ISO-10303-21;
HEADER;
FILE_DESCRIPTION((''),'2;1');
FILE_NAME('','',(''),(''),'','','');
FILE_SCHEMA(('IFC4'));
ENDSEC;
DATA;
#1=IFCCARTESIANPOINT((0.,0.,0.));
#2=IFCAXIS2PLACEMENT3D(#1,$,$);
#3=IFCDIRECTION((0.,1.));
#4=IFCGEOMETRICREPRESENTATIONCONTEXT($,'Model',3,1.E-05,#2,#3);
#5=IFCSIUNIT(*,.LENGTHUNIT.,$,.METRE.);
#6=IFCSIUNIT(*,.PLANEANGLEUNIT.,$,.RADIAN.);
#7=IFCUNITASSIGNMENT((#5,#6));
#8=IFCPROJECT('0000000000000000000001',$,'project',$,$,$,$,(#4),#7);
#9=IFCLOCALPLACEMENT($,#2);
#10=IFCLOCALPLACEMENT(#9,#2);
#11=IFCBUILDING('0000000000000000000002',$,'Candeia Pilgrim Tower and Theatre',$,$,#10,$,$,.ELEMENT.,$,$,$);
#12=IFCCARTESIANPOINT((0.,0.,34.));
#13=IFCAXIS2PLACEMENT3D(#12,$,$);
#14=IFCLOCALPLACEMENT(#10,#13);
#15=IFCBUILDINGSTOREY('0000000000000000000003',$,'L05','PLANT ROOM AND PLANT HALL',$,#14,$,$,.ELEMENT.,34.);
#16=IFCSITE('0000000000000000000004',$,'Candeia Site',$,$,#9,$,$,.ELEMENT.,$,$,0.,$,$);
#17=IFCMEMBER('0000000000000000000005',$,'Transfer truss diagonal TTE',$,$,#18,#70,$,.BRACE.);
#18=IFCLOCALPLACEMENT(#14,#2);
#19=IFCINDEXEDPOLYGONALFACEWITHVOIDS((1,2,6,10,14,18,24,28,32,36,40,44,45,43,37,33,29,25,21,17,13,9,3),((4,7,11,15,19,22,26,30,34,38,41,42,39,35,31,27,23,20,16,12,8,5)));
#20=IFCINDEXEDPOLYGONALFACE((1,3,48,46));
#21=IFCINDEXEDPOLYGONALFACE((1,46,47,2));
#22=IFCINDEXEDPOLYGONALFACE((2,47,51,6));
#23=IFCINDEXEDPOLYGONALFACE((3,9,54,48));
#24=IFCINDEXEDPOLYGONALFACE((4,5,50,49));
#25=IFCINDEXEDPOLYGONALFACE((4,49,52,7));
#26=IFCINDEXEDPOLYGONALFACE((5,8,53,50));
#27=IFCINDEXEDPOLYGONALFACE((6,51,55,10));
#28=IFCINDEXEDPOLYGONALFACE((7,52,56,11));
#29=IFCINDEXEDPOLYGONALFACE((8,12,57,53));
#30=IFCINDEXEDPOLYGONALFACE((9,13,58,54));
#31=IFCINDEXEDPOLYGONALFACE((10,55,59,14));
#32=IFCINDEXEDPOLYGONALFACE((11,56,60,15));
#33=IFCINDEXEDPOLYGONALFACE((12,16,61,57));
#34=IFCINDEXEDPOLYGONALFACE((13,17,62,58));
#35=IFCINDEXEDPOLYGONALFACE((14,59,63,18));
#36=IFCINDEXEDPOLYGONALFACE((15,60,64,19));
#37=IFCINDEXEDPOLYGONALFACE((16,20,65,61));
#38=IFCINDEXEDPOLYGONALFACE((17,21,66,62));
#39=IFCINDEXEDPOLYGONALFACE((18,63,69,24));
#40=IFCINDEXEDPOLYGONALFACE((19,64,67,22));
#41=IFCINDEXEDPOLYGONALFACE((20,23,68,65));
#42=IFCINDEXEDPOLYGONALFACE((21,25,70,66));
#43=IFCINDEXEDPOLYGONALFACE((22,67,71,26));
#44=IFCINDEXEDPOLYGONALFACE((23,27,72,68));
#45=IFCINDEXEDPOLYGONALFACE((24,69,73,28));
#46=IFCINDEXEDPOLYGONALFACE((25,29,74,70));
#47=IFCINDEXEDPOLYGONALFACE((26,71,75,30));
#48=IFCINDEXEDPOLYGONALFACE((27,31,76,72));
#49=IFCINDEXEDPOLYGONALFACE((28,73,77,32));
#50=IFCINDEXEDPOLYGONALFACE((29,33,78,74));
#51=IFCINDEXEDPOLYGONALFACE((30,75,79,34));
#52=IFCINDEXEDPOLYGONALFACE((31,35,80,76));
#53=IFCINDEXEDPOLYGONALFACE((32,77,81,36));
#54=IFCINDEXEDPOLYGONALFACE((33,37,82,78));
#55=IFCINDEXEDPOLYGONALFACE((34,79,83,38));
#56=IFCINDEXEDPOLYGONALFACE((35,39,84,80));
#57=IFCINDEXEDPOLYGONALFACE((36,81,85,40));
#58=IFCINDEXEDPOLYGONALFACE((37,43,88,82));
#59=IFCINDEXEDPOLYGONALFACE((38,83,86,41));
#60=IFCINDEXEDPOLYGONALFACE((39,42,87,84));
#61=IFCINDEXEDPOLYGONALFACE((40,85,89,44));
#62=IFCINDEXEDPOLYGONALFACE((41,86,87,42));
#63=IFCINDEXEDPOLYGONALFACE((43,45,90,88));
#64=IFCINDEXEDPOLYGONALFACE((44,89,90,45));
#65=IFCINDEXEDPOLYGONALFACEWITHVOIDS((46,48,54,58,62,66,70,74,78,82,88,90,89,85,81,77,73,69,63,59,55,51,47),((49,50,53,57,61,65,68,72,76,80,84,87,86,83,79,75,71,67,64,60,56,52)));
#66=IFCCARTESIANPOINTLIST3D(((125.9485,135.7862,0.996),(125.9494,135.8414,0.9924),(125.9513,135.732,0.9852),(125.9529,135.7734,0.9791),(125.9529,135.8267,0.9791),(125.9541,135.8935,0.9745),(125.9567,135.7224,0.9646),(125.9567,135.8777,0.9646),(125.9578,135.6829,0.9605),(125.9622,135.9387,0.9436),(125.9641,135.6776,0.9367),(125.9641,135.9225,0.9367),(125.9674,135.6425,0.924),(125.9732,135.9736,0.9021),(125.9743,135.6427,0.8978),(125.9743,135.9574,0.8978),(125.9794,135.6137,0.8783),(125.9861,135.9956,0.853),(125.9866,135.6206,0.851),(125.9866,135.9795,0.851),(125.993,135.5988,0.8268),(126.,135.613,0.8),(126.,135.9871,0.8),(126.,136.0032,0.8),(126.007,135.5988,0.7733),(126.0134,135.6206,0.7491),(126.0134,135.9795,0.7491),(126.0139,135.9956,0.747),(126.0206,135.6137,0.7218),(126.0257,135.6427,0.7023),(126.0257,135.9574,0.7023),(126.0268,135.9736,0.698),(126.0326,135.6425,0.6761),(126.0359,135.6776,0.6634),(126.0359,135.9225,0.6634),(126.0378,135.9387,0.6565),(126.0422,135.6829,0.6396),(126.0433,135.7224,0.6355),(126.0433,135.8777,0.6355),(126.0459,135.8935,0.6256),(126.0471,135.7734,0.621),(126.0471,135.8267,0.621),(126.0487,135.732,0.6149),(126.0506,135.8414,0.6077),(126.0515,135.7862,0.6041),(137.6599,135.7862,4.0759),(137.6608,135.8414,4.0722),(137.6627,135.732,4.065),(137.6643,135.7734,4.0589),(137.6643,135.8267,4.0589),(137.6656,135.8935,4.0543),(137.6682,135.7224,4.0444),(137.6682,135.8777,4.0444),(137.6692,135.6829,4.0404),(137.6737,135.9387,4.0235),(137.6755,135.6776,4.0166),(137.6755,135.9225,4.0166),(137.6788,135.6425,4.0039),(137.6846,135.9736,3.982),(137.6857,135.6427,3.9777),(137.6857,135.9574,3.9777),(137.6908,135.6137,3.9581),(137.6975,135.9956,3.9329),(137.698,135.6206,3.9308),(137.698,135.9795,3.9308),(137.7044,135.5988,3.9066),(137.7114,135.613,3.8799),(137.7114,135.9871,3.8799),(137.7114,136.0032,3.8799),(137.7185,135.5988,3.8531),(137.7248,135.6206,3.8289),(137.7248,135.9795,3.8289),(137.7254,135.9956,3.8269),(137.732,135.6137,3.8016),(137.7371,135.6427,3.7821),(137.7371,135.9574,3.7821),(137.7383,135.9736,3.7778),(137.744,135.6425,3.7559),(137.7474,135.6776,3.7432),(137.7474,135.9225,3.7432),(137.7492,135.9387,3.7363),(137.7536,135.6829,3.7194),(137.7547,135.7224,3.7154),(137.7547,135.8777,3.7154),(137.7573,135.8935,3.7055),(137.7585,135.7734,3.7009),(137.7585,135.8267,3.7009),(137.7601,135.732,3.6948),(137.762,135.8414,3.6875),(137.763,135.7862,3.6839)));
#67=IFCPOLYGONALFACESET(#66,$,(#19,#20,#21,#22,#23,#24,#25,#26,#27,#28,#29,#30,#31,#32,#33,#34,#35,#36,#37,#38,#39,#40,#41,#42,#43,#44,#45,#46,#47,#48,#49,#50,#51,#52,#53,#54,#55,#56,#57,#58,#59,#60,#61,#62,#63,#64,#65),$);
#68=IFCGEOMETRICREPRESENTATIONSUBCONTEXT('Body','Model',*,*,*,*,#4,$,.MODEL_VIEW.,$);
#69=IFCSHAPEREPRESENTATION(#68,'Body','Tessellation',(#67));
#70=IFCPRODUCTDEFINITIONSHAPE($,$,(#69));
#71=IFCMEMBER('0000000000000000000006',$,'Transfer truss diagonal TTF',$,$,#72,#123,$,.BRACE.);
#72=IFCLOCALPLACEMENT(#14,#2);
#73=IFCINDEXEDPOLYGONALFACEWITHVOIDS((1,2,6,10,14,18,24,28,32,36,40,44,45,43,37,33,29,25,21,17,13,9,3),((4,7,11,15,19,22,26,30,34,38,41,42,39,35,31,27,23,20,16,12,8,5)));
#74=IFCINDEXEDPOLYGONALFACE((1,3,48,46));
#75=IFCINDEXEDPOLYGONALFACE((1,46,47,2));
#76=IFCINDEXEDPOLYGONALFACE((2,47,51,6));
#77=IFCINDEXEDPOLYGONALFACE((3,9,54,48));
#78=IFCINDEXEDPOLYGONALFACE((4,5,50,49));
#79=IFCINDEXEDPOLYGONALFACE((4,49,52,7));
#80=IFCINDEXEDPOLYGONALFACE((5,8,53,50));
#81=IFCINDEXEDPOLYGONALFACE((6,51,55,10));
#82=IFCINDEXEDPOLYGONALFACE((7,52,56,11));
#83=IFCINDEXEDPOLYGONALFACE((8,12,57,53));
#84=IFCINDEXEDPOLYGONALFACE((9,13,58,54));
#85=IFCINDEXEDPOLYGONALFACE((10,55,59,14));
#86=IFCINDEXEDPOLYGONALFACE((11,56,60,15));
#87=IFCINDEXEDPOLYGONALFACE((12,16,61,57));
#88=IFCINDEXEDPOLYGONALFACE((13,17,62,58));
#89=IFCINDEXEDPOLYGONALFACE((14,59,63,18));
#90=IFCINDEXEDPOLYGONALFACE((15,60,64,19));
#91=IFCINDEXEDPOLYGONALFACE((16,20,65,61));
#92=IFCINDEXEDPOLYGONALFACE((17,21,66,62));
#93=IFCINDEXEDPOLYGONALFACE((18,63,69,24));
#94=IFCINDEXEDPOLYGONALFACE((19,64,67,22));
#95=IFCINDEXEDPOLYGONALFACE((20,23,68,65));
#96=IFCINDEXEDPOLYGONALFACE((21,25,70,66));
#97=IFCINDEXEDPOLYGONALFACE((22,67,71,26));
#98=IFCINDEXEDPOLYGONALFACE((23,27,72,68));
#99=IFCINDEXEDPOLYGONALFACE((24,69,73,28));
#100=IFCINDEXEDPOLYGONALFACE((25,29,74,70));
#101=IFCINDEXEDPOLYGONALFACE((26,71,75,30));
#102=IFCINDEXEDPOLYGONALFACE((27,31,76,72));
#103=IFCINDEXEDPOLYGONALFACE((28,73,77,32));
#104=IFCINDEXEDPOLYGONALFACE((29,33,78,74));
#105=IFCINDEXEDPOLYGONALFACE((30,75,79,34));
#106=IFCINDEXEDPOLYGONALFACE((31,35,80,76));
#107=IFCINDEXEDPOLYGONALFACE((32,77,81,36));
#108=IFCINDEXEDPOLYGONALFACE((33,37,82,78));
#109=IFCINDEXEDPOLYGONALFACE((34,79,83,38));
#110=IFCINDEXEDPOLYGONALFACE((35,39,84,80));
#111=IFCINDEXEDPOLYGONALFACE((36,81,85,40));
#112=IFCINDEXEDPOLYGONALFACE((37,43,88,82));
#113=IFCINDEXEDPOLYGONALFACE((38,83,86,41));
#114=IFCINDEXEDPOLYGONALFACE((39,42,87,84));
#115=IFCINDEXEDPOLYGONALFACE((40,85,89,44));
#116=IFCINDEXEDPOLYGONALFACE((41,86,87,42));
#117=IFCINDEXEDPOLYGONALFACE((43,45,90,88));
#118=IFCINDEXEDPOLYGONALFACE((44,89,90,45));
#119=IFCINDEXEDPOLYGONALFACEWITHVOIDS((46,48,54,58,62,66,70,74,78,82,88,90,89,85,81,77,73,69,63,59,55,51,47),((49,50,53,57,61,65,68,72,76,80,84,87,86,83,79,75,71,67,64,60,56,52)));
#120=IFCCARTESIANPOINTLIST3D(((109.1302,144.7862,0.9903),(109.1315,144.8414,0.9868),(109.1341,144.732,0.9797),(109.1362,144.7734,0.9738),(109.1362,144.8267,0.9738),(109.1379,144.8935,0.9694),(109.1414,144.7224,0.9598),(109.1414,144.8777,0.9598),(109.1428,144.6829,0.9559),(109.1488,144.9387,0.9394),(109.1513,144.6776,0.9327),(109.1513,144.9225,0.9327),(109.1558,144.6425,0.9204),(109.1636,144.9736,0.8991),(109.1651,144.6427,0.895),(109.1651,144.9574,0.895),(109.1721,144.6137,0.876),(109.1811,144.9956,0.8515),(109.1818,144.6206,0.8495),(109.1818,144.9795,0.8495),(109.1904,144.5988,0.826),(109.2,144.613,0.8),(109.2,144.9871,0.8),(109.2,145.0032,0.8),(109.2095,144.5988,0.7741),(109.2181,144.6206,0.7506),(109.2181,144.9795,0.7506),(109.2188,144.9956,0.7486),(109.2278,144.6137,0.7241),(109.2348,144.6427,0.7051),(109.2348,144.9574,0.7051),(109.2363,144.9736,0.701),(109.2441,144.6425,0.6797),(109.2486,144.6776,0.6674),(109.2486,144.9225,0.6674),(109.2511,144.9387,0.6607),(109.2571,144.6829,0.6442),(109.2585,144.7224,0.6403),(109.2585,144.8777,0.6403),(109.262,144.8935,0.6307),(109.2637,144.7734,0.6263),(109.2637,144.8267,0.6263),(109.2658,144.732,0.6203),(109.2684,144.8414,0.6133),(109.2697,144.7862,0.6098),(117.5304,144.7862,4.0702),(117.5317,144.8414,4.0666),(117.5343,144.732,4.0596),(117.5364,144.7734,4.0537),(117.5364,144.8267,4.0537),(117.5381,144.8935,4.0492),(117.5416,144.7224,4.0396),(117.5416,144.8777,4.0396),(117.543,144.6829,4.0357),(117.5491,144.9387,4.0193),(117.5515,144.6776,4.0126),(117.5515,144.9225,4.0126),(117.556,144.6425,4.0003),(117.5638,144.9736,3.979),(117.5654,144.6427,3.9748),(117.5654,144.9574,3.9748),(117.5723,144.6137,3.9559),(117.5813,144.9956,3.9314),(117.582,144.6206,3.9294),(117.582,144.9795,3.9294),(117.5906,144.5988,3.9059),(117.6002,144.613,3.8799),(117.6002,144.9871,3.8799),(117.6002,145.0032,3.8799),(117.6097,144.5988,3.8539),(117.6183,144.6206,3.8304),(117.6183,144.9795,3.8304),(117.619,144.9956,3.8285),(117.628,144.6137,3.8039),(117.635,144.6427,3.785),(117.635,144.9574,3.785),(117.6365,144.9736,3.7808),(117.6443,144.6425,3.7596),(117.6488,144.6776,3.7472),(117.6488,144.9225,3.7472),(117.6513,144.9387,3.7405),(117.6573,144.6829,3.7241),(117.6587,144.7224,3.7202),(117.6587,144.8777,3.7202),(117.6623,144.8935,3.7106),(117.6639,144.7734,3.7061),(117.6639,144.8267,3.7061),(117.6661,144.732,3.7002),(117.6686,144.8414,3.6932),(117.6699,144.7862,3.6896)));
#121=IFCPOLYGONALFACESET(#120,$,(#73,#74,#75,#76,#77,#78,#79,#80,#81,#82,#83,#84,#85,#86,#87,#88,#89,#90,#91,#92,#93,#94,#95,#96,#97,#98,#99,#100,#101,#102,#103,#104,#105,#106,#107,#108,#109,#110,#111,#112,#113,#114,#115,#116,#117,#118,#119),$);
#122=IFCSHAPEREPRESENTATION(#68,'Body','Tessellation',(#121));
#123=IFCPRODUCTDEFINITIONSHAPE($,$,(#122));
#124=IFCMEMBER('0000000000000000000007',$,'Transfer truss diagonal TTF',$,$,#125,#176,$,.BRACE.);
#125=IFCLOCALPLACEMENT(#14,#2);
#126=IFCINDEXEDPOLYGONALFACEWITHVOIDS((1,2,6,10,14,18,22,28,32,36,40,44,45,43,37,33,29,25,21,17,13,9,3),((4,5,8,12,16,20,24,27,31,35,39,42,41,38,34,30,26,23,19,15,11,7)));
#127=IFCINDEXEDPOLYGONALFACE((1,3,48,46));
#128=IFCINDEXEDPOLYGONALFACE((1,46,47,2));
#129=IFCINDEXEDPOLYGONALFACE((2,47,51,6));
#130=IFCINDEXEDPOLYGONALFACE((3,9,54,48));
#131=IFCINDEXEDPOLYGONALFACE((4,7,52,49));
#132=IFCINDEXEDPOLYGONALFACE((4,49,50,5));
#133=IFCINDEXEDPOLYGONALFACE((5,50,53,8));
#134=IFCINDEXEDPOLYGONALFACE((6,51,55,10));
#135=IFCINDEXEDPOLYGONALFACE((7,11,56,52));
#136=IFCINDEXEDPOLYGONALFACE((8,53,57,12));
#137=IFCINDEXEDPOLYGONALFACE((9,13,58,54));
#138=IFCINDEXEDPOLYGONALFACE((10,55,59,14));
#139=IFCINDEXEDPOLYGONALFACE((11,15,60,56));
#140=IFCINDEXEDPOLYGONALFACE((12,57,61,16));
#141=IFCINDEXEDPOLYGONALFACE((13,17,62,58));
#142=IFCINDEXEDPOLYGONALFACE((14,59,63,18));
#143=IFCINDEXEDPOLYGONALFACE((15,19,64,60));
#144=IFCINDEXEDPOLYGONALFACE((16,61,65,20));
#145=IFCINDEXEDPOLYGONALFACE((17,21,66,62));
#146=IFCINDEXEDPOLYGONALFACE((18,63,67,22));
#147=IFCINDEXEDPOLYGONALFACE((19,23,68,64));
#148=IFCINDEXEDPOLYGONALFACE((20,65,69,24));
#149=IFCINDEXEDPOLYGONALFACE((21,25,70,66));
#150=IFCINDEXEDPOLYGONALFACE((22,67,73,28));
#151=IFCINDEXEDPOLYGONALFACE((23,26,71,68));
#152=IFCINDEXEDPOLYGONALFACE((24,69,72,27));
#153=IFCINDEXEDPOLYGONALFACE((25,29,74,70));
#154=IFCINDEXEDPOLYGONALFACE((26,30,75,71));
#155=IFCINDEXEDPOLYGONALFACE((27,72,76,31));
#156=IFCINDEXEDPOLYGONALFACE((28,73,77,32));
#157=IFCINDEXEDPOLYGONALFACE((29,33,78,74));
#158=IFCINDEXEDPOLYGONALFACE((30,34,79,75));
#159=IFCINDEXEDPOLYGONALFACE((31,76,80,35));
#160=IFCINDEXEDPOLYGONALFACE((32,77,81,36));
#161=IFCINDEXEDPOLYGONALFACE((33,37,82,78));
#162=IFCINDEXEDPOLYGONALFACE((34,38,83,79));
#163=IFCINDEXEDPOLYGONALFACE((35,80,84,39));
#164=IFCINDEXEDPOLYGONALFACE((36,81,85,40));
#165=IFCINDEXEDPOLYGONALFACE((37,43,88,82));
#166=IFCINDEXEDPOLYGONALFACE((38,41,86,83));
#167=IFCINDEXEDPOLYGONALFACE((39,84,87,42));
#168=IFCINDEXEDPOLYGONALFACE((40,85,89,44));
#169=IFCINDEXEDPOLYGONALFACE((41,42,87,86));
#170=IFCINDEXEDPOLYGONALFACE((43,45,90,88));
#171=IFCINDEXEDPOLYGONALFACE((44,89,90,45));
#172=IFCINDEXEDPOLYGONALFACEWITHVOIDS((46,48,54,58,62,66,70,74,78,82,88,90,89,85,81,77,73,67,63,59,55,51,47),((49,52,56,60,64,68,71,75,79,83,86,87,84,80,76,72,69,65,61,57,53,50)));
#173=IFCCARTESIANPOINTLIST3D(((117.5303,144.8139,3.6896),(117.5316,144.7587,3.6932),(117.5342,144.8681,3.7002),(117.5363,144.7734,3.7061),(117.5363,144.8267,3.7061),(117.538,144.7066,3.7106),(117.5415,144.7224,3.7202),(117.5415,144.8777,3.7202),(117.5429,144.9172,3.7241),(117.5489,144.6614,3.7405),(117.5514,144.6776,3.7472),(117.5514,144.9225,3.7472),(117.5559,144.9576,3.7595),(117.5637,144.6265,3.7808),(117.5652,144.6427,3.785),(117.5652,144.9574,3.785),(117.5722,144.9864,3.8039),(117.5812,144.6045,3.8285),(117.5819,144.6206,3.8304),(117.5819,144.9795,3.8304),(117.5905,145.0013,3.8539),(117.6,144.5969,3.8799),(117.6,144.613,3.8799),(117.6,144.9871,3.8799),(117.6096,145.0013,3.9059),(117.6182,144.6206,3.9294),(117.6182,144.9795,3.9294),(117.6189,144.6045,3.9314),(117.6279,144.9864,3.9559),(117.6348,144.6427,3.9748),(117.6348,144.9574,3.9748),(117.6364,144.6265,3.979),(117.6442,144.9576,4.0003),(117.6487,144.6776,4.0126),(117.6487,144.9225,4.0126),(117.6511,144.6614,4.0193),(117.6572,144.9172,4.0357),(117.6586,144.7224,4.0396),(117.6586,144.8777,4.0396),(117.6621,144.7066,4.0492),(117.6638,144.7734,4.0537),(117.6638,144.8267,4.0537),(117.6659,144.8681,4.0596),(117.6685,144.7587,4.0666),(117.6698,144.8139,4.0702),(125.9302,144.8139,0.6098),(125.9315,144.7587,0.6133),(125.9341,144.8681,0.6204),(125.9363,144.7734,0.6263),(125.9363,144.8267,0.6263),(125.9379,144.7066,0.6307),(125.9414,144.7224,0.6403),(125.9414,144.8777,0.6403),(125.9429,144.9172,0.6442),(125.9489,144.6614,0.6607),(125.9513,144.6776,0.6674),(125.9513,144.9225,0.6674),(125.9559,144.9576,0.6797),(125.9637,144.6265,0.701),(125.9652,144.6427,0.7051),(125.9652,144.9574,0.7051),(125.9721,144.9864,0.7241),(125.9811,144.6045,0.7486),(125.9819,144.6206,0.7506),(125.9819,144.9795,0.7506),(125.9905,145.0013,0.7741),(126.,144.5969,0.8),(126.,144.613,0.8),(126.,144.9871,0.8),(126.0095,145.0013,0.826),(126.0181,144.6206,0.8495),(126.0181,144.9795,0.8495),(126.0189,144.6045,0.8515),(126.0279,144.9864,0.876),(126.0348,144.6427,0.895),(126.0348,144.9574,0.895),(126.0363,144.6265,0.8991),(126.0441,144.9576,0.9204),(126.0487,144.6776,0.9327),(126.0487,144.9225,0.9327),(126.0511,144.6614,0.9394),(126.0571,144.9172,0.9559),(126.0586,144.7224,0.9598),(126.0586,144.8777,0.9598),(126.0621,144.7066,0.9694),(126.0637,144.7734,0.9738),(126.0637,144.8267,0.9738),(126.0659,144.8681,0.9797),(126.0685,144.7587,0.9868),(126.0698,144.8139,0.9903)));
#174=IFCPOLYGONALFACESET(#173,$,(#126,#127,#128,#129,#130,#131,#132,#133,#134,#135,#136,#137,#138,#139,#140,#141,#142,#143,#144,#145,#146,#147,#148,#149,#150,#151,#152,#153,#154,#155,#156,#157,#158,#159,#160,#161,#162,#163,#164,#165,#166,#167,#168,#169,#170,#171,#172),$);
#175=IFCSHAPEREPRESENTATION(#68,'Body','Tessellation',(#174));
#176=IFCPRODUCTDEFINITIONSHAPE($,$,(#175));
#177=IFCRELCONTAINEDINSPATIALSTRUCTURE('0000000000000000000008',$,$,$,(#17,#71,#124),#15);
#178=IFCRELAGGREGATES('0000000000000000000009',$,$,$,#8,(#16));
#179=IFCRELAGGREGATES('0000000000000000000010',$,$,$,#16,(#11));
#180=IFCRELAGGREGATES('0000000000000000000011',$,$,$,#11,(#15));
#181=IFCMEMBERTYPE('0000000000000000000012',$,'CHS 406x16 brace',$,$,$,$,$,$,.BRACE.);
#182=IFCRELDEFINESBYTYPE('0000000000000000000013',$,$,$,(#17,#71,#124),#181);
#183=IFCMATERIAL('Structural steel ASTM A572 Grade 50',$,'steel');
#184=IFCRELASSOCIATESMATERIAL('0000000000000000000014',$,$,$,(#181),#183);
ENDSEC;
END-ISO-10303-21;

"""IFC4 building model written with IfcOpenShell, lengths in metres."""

from ifc_helpers import new_model, si_unit, direction, frame, origin, origin_2d, place, context, subcontext, project, spatial, hollow_circle, extrude, material, material_profile, profile_set, type_object, element, save


model = new_model("IFC4")

# Units and contexts
model_context = context("Model", 3, precision=1e-05, world=origin(), true_north=direction((0.0, 1.0)))
body_context = subcontext(model_context, "Body", "Model", "MODEL_VIEW")
ifc_project = project(units=[si_unit("LENGTHUNIT", "METRE"), si_unit("PLANEANGLEUNIT", "RADIAN")], contexts=[model_context])

# Site, building, storey
site_placement = place(None, origin())
site = spatial("IfcSite", under=ifc_project, at=site_placement, Name="Candeia Site", CompositionType="ELEMENT", RefElevation=0.0)
building_placement = place(site_placement, origin())
building = spatial("IfcBuilding", under=site, at=building_placement, Name="Candeia Pilgrim Tower and Theatre", CompositionType="ELEMENT")
storey_placement = place(building_placement, frame((0.0, 0.0, 34.0)))
storey = spatial("IfcBuildingStorey", under=building, at=storey_placement, Name="L05", Description="PLANT ROOM AND PLANT HALL", CompositionType="ELEMENT", Elevation=34.0)

# Members
ifc_material_1 = material(Name="Structural steel ASTM A572 Grade 50", Category="steel")
ifc_material_profile_1 = material_profile(ifc_material_1, hollow_circle(Radius=0.2031, WallThickness=0.0161, at=origin_2d()))
ifc_profile_set_1 = profile_set([ifc_material_profile_1], Name="Structural steel ASTM A572 Grade 50")
member_type_1 = type_object("IfcMemberType", Name="CHS 406x16 brace", PredefinedType="BRACE", material=ifc_profile_set_1)
member_1_placement = place(storey_placement, frame((126.0, 135.8, 0.8), z_axis=(0.967118, 0.0, 0.25433), x_axis=(0.0, 1.0, 0.0)))
element("IfcMember", 1, at=member_1_placement, inside=storey, type_object=member_type_1, Name="Transfer truss diagonal TTE", PredefinedType="BRACE", context=body_context, shape_type="SweptSolid", body=[
    extrude(hollow_circle(Radius=0.2031, WallThickness=0.0161, at=origin_2d()), origin(), (0.0, 0.0, 1.0), 12.1096),
])
member_2_placement = place(storey_placement, frame((109.2, 144.8, 0.8), z_axis=(0.938884, 0.0, 0.344233), x_axis=(0.0, 1.0, 0.0)))
element("IfcMember", 2, at=member_2_placement, inside=storey, type_object=member_type_1, Name="Transfer truss diagonal TTF", PredefinedType="BRACE", context=body_context, shape_type="SweptSolid", body=[
    extrude(hollow_circle(Radius=0.2031, WallThickness=0.0161, at=origin_2d()), origin(), (0.0, 0.0, 1.0), 8.947),
])
member_3_placement = place(storey_placement, frame((126.0, 144.8, 0.8), z_axis=(-0.938881, 0.0, 0.344242), x_axis=(0.0, -1.0, 0.0)))
element("IfcMember", 3, at=member_3_placement, inside=storey, type_object=member_type_1, Name="Transfer truss diagonal TTF", PredefinedType="BRACE", context=body_context, shape_type="SweptSolid", body=[
    extrude(hollow_circle(Radius=0.2031, WallThickness=0.0161, at=origin_2d()), origin(), (0.0, 0.0, 1.0), 8.9468),
])

save(model, "model.ifc")
